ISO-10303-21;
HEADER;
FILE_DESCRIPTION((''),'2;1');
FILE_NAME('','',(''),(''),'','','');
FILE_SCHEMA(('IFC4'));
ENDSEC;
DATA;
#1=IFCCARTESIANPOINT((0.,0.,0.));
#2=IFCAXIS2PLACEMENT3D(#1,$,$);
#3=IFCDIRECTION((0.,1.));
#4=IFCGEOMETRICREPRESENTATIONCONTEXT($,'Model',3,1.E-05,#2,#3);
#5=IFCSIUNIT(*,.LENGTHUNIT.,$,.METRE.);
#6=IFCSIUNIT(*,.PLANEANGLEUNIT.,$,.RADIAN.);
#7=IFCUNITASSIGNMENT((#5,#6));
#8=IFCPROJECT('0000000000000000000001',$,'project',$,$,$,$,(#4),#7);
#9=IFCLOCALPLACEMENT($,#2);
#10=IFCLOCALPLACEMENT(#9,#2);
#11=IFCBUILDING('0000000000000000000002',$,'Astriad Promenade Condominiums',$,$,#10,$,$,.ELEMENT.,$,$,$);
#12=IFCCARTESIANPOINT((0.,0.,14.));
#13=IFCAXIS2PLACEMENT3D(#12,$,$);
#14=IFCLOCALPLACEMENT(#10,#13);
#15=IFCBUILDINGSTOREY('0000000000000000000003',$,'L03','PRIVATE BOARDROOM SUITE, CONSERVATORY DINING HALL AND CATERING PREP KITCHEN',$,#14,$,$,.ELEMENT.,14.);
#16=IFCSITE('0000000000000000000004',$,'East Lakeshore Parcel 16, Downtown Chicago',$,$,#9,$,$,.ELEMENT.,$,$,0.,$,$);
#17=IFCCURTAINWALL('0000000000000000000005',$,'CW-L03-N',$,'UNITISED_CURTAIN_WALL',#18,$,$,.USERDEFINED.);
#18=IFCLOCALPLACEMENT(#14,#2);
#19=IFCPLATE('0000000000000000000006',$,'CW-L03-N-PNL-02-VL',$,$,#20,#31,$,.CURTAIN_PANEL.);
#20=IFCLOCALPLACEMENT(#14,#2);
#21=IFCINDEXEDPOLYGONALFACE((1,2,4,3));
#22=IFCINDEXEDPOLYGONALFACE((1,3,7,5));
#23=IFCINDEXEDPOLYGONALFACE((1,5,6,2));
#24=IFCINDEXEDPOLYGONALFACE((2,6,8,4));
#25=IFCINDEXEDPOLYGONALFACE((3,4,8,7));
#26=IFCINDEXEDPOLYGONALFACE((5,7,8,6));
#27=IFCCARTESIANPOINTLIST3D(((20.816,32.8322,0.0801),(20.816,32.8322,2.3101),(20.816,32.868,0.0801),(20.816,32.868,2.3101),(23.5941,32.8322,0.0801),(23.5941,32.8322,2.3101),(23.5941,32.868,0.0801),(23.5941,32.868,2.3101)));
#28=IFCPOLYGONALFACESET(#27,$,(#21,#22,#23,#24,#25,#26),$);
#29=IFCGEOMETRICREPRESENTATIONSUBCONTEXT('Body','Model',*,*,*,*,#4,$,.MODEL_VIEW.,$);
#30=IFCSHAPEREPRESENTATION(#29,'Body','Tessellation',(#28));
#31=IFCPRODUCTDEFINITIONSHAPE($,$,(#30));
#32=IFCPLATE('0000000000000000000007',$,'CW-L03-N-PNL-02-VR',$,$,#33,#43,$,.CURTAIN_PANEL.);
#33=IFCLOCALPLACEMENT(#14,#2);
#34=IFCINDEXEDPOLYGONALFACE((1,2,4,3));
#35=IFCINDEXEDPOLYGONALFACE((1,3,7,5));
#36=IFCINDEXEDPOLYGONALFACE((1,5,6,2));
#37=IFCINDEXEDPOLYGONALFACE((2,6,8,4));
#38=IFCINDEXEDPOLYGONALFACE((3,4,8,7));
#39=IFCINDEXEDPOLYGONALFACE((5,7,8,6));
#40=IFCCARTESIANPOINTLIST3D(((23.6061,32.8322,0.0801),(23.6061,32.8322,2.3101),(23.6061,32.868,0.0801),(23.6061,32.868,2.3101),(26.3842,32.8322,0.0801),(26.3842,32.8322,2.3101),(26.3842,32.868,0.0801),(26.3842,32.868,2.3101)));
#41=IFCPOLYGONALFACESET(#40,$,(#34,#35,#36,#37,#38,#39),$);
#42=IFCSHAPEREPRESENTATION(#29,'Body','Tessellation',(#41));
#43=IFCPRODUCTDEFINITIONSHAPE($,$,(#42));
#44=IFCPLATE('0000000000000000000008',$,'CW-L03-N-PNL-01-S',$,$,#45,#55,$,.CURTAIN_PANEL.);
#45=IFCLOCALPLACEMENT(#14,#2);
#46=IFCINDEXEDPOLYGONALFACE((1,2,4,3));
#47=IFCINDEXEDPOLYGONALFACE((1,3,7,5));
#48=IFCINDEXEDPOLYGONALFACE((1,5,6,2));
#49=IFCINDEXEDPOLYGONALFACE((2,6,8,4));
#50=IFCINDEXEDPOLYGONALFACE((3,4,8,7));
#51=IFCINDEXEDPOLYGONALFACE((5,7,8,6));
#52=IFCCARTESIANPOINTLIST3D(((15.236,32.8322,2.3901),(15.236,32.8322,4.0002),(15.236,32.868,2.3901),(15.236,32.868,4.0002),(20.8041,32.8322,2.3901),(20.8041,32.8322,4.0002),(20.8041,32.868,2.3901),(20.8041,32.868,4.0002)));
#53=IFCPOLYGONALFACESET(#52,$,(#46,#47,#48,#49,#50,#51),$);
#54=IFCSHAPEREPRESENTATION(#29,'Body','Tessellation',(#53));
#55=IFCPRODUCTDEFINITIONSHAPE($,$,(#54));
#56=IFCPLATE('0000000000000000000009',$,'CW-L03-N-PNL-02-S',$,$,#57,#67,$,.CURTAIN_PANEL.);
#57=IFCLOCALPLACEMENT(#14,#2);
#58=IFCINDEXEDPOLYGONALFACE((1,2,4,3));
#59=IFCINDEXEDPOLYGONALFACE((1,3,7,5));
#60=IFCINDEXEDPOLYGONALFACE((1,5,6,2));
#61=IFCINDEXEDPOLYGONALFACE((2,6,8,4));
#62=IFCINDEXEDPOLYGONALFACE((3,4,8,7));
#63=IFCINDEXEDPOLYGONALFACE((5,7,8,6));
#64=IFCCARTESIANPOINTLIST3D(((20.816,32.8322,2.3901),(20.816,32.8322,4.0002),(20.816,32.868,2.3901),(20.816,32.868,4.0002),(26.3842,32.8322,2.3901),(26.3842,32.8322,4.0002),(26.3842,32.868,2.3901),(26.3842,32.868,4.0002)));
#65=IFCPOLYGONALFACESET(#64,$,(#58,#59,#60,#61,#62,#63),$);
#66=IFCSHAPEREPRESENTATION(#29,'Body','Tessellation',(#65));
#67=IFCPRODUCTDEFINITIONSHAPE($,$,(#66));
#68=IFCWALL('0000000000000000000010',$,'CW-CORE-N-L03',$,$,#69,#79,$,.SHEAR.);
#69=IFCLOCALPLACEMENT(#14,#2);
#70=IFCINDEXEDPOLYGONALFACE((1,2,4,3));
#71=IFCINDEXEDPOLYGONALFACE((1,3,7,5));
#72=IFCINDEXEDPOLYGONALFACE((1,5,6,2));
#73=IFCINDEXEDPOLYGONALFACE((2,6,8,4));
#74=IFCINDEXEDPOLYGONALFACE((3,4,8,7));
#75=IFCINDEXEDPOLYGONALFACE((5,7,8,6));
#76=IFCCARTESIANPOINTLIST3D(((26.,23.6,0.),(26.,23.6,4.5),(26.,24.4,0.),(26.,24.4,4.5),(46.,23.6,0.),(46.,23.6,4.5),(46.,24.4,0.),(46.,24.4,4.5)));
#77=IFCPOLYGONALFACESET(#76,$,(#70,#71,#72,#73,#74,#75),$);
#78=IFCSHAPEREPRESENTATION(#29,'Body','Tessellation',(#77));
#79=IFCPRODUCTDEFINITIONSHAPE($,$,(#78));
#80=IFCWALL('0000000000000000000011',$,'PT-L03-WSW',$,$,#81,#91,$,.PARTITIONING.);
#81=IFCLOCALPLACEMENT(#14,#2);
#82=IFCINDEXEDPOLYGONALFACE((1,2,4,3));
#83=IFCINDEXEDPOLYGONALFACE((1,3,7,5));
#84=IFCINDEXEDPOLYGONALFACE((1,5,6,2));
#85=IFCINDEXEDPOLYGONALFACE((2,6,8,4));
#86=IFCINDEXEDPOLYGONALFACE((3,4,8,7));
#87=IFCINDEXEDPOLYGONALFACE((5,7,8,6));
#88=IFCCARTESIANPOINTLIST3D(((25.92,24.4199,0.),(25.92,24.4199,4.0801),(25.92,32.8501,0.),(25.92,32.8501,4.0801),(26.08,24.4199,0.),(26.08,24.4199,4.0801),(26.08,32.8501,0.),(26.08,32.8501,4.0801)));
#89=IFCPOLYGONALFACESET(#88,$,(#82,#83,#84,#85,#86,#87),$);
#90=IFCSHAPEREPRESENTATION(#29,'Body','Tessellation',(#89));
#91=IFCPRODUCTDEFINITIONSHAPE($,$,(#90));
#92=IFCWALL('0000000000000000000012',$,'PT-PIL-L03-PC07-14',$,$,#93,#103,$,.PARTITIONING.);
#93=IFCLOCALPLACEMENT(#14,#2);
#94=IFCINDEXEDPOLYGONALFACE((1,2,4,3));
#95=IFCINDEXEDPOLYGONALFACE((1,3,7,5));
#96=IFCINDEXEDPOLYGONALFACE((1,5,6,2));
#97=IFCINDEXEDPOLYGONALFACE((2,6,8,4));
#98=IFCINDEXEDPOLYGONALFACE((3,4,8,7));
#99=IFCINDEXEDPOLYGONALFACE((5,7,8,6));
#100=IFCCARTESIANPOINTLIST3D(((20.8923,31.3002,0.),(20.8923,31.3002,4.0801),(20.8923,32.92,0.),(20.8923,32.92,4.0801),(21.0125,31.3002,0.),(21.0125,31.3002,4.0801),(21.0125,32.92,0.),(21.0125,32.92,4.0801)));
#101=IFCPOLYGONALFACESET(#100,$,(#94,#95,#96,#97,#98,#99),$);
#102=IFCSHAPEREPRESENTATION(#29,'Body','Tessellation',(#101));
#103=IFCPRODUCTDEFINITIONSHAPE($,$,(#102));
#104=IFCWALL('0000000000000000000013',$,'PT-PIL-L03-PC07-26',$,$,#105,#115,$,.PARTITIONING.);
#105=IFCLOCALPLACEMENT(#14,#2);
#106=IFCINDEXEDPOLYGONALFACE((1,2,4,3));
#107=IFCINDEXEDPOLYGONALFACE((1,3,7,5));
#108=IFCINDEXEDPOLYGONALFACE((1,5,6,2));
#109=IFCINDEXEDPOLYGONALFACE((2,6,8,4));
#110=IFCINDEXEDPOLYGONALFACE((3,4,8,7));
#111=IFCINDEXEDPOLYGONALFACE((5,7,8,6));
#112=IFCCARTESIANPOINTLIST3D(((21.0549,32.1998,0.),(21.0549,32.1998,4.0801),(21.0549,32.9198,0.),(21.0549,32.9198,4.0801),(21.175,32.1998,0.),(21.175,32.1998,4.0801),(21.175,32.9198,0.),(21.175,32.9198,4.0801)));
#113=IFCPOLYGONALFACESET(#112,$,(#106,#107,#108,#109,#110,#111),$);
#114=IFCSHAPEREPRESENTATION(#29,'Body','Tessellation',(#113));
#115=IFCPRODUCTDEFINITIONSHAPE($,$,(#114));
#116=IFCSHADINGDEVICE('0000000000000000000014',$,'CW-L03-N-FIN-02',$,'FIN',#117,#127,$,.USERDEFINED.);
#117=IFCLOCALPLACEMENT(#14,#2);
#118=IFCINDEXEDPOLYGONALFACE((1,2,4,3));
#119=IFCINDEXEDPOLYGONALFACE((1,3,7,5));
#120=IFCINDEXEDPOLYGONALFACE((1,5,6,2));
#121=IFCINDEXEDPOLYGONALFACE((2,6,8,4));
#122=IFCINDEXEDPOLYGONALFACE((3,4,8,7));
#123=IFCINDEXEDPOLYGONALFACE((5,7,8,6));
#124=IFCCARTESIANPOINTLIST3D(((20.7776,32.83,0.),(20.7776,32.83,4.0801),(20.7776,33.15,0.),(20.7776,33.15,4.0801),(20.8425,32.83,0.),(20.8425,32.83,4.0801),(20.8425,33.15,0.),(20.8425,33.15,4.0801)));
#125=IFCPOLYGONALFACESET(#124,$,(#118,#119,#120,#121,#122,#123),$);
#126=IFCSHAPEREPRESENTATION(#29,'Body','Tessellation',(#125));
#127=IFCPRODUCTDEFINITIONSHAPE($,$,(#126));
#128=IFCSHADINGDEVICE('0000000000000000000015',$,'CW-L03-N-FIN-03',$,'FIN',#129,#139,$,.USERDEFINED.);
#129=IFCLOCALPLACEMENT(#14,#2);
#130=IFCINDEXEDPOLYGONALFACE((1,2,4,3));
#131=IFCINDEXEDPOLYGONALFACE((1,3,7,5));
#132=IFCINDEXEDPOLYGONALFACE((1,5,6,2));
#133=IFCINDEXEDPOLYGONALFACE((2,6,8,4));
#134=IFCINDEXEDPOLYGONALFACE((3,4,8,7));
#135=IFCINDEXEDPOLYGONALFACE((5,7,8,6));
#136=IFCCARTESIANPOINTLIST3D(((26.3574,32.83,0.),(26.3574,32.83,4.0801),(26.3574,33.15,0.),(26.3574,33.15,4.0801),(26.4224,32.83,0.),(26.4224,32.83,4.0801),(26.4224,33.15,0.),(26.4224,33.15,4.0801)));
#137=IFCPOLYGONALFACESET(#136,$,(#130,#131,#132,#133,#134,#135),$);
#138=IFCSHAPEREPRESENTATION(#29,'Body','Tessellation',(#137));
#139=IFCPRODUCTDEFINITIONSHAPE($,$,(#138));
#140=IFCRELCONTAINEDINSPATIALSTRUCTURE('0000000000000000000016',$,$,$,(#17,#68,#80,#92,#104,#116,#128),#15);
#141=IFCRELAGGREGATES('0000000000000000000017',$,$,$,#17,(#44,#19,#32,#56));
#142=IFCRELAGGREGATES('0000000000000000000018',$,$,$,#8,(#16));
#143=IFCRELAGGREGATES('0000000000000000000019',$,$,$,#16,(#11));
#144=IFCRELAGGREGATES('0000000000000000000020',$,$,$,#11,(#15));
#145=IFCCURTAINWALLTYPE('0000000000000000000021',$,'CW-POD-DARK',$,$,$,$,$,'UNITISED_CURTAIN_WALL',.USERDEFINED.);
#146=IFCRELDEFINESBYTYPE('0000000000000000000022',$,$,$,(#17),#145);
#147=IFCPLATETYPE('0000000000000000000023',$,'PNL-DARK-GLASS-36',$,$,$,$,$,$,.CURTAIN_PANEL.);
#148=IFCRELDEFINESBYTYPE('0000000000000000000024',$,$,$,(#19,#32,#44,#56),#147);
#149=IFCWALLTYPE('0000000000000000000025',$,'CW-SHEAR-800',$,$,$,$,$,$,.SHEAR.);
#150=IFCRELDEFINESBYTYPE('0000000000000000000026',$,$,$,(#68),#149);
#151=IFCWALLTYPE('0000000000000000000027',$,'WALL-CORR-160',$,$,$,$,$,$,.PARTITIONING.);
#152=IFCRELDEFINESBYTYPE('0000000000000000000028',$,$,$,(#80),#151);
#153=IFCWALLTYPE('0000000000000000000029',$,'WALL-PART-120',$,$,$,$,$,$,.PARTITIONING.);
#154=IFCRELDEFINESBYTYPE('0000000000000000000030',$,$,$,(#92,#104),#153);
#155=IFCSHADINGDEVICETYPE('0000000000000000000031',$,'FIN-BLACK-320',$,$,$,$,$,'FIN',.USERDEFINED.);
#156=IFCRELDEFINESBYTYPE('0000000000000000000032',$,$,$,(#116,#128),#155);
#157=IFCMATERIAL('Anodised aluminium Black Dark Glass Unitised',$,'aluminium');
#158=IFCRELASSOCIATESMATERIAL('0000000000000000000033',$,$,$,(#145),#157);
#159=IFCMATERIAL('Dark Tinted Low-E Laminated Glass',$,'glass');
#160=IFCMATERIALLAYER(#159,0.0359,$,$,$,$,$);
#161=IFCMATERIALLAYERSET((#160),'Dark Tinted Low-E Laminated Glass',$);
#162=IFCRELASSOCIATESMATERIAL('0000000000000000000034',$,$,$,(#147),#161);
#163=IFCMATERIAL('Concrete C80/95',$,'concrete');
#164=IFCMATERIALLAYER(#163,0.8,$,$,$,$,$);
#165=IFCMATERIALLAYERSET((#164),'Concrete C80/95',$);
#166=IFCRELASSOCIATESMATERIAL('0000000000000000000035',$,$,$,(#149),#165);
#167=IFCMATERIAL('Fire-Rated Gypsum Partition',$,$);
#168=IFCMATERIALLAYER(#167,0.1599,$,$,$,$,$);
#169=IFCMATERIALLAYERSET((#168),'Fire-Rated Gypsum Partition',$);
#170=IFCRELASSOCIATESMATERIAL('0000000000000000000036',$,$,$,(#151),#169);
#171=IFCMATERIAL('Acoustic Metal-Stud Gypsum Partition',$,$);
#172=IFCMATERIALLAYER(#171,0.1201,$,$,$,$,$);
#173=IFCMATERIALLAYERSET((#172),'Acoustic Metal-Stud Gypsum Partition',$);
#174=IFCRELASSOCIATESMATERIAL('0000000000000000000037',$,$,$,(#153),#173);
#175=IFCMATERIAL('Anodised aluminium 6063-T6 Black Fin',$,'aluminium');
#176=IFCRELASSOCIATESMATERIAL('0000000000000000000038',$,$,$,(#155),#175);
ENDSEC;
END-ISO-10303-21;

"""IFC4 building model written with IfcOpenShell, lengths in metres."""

from ifc_helpers import new_model, si_unit, direction, frame, frame_2d, origin, origin_2d, place, context, subcontext, project, spatial, rectangle, extrude, source, transform, mapped, material, layer, layer_set, type_object, type_shapes, element, aggregate, save


model = new_model("IFC4")

# Units and contexts
model_context = context("Model", 3, precision=1e-05, world=origin(), true_north=direction((0.0, 1.0)))
body_context = subcontext(model_context, "Body", "Model", "MODEL_VIEW")
ifc_project = project(units=[si_unit("LENGTHUNIT", "METRE"), si_unit("PLANEANGLEUNIT", "RADIAN")], contexts=[model_context])

# Site, building, storey
site_placement = place(None, origin())
site = spatial("IfcSite", under=ifc_project, at=site_placement, Name="East Lakeshore Parcel 16, Downtown Chicago", CompositionType="ELEMENT", RefElevation=0.0)
building_placement = place(site_placement, origin())
building = spatial("IfcBuilding", under=site, at=building_placement, Name="Astriad Promenade Condominiums", CompositionType="ELEMENT")
storey_placement = place(building_placement, frame((0.0, 0.0, 14.0)))
storey = spatial("IfcBuildingStorey", under=building, at=storey_placement, Name="L03", Description="PRIVATE BOARDROOM SUITE, CONSERVATORY DINING HALL AND CATERING PREP KITCHEN", CompositionType="ELEMENT", Elevation=14.0)

# Curtain wall
ifc_material_1 = material(Name="Anodised aluminium Black Dark Glass Unitised", Category="aluminium")
curtain_wall_type = type_object("IfcCurtainWallType", Name="CW-POD-DARK", ElementType="UNITISED_CURTAIN_WALL", PredefinedType="USERDEFINED", material=ifc_material_1)
curtain_wall_placement = place(storey_placement, origin())
curtain_wall = element("IfcCurtainWall", 1, at=curtain_wall_placement, inside=storey, type_object=curtain_wall_type, Name="CW-L03-N", ObjectType="UNITISED_CURTAIN_WALL", PredefinedType="USERDEFINED")

# Plates
ifc_material_2 = material(Name="Dark Tinted Low-E Laminated Glass", Category="glass")
ifc_layer_1 = layer(ifc_material_2, 0.0359)
ifc_layer_set_1 = layer_set([ifc_layer_1], Name="Dark Tinted Low-E Laminated Glass")
plate_type_1 = type_object("IfcPlateType", Name="PNL-DARK-GLASS-36", PredefinedType="CURTAIN_PANEL", material=ifc_layer_set_1)
shared_shape_1 = source(origin(), body_context, "Body", "SweptSolid", [
    extrude(rectangle(XDim=2.7781, YDim=0.0359, at=origin_2d()), origin(), (0.0, 0.0, 1.0), 2.23),
])
plate_1_placement = place(storey_placement, frame((22.2051, 32.8501, 0.0801), z_axis=(0.0, 0.0, 1.0), x_axis=(1.0, 0.0, 0.0)))
plate_1 = element("IfcPlate", 2, at=plate_1_placement, type_object=plate_type_1, Name="CW-L03-N-PNL-02-VL", PredefinedType="CURTAIN_PANEL", context=body_context, shape_type="MappedRepresentation", body=[
    mapped(shared_shape_1, transform((0.0, 0.0, 0.0), scale=1.0)),
])
plate_2_placement = place(storey_placement, frame((24.9951, 32.8501, 0.0801), z_axis=(0.0, 0.0, 1.0), x_axis=(1.0, 0.0, 0.0)))
plate_2 = element("IfcPlate", 3, at=plate_2_placement, type_object=plate_type_1, Name="CW-L03-N-PNL-02-VR", PredefinedType="CURTAIN_PANEL", context=body_context, shape_type="MappedRepresentation", body=[
    mapped(shared_shape_1, transform((0.0, 0.0, 0.0), scale=1.0)),
])
shared_shape_2 = source(origin(), body_context, "Body", "SweptSolid", [
    extrude(rectangle(XDim=5.5681, YDim=0.0359, at=origin_2d()), origin(), (0.0, 0.0, 1.0), 1.6101),
])
type_shapes(plate_type_1, [shared_shape_1, shared_shape_2])
plate_3_placement = place(storey_placement, frame((18.02, 32.8501, 2.3901), z_axis=(0.0, 0.0, 1.0), x_axis=(1.0, 0.0, 0.0)))
plate_3 = element("IfcPlate", 4, at=plate_3_placement, type_object=plate_type_1, Name="CW-L03-N-PNL-01-S", PredefinedType="CURTAIN_PANEL", context=body_context, shape_type="MappedRepresentation", body=[
    mapped(shared_shape_2, transform((0.0, 0.0, 0.0), scale=1.0)),
])
plate_4_placement = place(storey_placement, frame((23.6001, 32.8501, 2.3901), z_axis=(0.0, 0.0, 1.0), x_axis=(1.0, 0.0, 0.0)))
plate_4 = element("IfcPlate", 5, at=plate_4_placement, type_object=plate_type_1, Name="CW-L03-N-PNL-02-S", PredefinedType="CURTAIN_PANEL", context=body_context, shape_type="MappedRepresentation", body=[
    mapped(shared_shape_2, transform((0.0, 0.0, 0.0), scale=1.0)),
])
aggregate(curtain_wall, [plate_3, plate_1, plate_2, plate_4])

# Walls
ifc_material_3 = material(Name="Concrete C80/95", Category="concrete")
ifc_layer_2 = layer(ifc_material_3, 0.8)
ifc_layer_set_2 = layer_set([ifc_layer_2], Name="Concrete C80/95")
wall_type_1 = type_object("IfcWallType", Name="CW-SHEAR-800", PredefinedType="SHEAR", material=ifc_layer_set_2)
wall_1_placement = place(storey_placement, frame((26.0, 24.0, 0.0), z_axis=(0.0, 0.0, 1.0), x_axis=(1.0, 0.0, 0.0)))
element("IfcWall", 6, at=wall_1_placement, inside=storey, type_object=wall_type_1, Name="CW-CORE-N-L03", PredefinedType="SHEAR", context=body_context, shape_type="SweptSolid", body=[
    extrude(rectangle(XDim=20.0, YDim=0.8, at=frame_2d((10.0, 0.0))), origin(), (0.0, 0.0, 1.0), 4.5),
])
ifc_material_4 = material(Name="Fire-Rated Gypsum Partition")
ifc_layer_3 = layer(ifc_material_4, 0.1599)
ifc_layer_set_3 = layer_set([ifc_layer_3], Name="Fire-Rated Gypsum Partition")
wall_type_2 = type_object("IfcWallType", Name="WALL-CORR-160", PredefinedType="PARTITIONING", material=ifc_layer_set_3)
wall_2_placement = place(storey_placement, frame((26.0, 24.4199, 0.0), z_axis=(0.0, 0.0, 1.0), x_axis=(0.0, 1.0, 0.0)))
element("IfcWall", 7, at=wall_2_placement, inside=storey, type_object=wall_type_2, Name="PT-L03-WSW", PredefinedType="PARTITIONING", context=body_context, shape_type="SweptSolid", body=[
    extrude(rectangle(XDim=8.4302, YDim=0.1599, at=frame_2d((4.2151, 0.0))), origin(), (0.0, 0.0, 1.0), 4.0801),
])
ifc_material_5 = material(Name="Acoustic Metal-Stud Gypsum Partition")
ifc_layer_4 = layer(ifc_material_5, 0.1201)
ifc_layer_set_4 = layer_set([ifc_layer_4], Name="Acoustic Metal-Stud Gypsum Partition")
wall_type_3 = type_object("IfcWallType", Name="WALL-PART-120", PredefinedType="PARTITIONING", material=ifc_layer_set_4)
wall_3_placement = place(storey_placement, frame((20.9524, 31.3, 0.0), z_axis=(0.0, 0.0, 1.0), x_axis=(0.0, 1.0, 0.0)))
element("IfcWall", 8, at=wall_3_placement, inside=storey, type_object=wall_type_3, Name="PT-PIL-L03-PC07-14", PredefinedType="PARTITIONING", context=body_context, shape_type="SweptSolid", body=[
    extrude(rectangle(XDim=1.6199, YDim=0.1201, at=frame_2d((0.8101, 0.0))), origin(), (0.0, 0.0, 1.0), 4.0801),
])
wall_4_placement = place(storey_placement, frame((21.115, 32.2, 0.0), z_axis=(0.0, 0.0, 1.0), x_axis=(0.0, 1.0, 0.0)))
element("IfcWall", 9, at=wall_4_placement, inside=storey, type_object=wall_type_3, Name="PT-PIL-L03-PC07-26", PredefinedType="PARTITIONING", context=body_context, shape_type="SweptSolid", body=[
    extrude(rectangle(XDim=0.72, YDim=0.1201, at=frame_2d((0.3599, 0.0))), origin(), (0.0, 0.0, 1.0), 4.0801),
])

# Shading devices
ifc_material_6 = material(Name="Anodised aluminium 6063-T6 Black Fin", Category="aluminium")
shading_device_type = type_object("IfcShadingDeviceType", Name="FIN-BLACK-320", ElementType="FIN", PredefinedType="USERDEFINED", material=ifc_material_6)
shared_shape_3 = source(origin(), body_context, "Body", "SweptSolid", [
    extrude(rectangle(XDim=0.0649, YDim=0.3201, at=origin_2d()), origin(), (0.0, 0.0, 1.0), 4.0801),
])
type_shapes(shading_device_type, [shared_shape_3])
for number, where, z_axis, x_axis, name in (
    (10, (20.8101, 32.99, 0.0), (0.0, 0.0, 1.0), (1.0, 0.0, 0.0), "CW-L03-N-FIN-02"),
    (11, (26.3899, 32.99, 0.0), (0.0, 0.0, 1.0), (1.0, 0.0, 0.0), "CW-L03-N-FIN-03"),
):
    element("IfcShadingDevice", number, at=place(storey_placement, frame(where, z_axis=z_axis, x_axis=x_axis)), inside=storey, type_object=shading_device_type, Name=name, ObjectType="FIN", PredefinedType="USERDEFINED", context=body_context, shape_type="MappedRepresentation", body=[
        mapped(shared_shape_3, transform((0.0, 0.0, 0.0), scale=1.0)),
    ])

save(model, "model.ifc")
